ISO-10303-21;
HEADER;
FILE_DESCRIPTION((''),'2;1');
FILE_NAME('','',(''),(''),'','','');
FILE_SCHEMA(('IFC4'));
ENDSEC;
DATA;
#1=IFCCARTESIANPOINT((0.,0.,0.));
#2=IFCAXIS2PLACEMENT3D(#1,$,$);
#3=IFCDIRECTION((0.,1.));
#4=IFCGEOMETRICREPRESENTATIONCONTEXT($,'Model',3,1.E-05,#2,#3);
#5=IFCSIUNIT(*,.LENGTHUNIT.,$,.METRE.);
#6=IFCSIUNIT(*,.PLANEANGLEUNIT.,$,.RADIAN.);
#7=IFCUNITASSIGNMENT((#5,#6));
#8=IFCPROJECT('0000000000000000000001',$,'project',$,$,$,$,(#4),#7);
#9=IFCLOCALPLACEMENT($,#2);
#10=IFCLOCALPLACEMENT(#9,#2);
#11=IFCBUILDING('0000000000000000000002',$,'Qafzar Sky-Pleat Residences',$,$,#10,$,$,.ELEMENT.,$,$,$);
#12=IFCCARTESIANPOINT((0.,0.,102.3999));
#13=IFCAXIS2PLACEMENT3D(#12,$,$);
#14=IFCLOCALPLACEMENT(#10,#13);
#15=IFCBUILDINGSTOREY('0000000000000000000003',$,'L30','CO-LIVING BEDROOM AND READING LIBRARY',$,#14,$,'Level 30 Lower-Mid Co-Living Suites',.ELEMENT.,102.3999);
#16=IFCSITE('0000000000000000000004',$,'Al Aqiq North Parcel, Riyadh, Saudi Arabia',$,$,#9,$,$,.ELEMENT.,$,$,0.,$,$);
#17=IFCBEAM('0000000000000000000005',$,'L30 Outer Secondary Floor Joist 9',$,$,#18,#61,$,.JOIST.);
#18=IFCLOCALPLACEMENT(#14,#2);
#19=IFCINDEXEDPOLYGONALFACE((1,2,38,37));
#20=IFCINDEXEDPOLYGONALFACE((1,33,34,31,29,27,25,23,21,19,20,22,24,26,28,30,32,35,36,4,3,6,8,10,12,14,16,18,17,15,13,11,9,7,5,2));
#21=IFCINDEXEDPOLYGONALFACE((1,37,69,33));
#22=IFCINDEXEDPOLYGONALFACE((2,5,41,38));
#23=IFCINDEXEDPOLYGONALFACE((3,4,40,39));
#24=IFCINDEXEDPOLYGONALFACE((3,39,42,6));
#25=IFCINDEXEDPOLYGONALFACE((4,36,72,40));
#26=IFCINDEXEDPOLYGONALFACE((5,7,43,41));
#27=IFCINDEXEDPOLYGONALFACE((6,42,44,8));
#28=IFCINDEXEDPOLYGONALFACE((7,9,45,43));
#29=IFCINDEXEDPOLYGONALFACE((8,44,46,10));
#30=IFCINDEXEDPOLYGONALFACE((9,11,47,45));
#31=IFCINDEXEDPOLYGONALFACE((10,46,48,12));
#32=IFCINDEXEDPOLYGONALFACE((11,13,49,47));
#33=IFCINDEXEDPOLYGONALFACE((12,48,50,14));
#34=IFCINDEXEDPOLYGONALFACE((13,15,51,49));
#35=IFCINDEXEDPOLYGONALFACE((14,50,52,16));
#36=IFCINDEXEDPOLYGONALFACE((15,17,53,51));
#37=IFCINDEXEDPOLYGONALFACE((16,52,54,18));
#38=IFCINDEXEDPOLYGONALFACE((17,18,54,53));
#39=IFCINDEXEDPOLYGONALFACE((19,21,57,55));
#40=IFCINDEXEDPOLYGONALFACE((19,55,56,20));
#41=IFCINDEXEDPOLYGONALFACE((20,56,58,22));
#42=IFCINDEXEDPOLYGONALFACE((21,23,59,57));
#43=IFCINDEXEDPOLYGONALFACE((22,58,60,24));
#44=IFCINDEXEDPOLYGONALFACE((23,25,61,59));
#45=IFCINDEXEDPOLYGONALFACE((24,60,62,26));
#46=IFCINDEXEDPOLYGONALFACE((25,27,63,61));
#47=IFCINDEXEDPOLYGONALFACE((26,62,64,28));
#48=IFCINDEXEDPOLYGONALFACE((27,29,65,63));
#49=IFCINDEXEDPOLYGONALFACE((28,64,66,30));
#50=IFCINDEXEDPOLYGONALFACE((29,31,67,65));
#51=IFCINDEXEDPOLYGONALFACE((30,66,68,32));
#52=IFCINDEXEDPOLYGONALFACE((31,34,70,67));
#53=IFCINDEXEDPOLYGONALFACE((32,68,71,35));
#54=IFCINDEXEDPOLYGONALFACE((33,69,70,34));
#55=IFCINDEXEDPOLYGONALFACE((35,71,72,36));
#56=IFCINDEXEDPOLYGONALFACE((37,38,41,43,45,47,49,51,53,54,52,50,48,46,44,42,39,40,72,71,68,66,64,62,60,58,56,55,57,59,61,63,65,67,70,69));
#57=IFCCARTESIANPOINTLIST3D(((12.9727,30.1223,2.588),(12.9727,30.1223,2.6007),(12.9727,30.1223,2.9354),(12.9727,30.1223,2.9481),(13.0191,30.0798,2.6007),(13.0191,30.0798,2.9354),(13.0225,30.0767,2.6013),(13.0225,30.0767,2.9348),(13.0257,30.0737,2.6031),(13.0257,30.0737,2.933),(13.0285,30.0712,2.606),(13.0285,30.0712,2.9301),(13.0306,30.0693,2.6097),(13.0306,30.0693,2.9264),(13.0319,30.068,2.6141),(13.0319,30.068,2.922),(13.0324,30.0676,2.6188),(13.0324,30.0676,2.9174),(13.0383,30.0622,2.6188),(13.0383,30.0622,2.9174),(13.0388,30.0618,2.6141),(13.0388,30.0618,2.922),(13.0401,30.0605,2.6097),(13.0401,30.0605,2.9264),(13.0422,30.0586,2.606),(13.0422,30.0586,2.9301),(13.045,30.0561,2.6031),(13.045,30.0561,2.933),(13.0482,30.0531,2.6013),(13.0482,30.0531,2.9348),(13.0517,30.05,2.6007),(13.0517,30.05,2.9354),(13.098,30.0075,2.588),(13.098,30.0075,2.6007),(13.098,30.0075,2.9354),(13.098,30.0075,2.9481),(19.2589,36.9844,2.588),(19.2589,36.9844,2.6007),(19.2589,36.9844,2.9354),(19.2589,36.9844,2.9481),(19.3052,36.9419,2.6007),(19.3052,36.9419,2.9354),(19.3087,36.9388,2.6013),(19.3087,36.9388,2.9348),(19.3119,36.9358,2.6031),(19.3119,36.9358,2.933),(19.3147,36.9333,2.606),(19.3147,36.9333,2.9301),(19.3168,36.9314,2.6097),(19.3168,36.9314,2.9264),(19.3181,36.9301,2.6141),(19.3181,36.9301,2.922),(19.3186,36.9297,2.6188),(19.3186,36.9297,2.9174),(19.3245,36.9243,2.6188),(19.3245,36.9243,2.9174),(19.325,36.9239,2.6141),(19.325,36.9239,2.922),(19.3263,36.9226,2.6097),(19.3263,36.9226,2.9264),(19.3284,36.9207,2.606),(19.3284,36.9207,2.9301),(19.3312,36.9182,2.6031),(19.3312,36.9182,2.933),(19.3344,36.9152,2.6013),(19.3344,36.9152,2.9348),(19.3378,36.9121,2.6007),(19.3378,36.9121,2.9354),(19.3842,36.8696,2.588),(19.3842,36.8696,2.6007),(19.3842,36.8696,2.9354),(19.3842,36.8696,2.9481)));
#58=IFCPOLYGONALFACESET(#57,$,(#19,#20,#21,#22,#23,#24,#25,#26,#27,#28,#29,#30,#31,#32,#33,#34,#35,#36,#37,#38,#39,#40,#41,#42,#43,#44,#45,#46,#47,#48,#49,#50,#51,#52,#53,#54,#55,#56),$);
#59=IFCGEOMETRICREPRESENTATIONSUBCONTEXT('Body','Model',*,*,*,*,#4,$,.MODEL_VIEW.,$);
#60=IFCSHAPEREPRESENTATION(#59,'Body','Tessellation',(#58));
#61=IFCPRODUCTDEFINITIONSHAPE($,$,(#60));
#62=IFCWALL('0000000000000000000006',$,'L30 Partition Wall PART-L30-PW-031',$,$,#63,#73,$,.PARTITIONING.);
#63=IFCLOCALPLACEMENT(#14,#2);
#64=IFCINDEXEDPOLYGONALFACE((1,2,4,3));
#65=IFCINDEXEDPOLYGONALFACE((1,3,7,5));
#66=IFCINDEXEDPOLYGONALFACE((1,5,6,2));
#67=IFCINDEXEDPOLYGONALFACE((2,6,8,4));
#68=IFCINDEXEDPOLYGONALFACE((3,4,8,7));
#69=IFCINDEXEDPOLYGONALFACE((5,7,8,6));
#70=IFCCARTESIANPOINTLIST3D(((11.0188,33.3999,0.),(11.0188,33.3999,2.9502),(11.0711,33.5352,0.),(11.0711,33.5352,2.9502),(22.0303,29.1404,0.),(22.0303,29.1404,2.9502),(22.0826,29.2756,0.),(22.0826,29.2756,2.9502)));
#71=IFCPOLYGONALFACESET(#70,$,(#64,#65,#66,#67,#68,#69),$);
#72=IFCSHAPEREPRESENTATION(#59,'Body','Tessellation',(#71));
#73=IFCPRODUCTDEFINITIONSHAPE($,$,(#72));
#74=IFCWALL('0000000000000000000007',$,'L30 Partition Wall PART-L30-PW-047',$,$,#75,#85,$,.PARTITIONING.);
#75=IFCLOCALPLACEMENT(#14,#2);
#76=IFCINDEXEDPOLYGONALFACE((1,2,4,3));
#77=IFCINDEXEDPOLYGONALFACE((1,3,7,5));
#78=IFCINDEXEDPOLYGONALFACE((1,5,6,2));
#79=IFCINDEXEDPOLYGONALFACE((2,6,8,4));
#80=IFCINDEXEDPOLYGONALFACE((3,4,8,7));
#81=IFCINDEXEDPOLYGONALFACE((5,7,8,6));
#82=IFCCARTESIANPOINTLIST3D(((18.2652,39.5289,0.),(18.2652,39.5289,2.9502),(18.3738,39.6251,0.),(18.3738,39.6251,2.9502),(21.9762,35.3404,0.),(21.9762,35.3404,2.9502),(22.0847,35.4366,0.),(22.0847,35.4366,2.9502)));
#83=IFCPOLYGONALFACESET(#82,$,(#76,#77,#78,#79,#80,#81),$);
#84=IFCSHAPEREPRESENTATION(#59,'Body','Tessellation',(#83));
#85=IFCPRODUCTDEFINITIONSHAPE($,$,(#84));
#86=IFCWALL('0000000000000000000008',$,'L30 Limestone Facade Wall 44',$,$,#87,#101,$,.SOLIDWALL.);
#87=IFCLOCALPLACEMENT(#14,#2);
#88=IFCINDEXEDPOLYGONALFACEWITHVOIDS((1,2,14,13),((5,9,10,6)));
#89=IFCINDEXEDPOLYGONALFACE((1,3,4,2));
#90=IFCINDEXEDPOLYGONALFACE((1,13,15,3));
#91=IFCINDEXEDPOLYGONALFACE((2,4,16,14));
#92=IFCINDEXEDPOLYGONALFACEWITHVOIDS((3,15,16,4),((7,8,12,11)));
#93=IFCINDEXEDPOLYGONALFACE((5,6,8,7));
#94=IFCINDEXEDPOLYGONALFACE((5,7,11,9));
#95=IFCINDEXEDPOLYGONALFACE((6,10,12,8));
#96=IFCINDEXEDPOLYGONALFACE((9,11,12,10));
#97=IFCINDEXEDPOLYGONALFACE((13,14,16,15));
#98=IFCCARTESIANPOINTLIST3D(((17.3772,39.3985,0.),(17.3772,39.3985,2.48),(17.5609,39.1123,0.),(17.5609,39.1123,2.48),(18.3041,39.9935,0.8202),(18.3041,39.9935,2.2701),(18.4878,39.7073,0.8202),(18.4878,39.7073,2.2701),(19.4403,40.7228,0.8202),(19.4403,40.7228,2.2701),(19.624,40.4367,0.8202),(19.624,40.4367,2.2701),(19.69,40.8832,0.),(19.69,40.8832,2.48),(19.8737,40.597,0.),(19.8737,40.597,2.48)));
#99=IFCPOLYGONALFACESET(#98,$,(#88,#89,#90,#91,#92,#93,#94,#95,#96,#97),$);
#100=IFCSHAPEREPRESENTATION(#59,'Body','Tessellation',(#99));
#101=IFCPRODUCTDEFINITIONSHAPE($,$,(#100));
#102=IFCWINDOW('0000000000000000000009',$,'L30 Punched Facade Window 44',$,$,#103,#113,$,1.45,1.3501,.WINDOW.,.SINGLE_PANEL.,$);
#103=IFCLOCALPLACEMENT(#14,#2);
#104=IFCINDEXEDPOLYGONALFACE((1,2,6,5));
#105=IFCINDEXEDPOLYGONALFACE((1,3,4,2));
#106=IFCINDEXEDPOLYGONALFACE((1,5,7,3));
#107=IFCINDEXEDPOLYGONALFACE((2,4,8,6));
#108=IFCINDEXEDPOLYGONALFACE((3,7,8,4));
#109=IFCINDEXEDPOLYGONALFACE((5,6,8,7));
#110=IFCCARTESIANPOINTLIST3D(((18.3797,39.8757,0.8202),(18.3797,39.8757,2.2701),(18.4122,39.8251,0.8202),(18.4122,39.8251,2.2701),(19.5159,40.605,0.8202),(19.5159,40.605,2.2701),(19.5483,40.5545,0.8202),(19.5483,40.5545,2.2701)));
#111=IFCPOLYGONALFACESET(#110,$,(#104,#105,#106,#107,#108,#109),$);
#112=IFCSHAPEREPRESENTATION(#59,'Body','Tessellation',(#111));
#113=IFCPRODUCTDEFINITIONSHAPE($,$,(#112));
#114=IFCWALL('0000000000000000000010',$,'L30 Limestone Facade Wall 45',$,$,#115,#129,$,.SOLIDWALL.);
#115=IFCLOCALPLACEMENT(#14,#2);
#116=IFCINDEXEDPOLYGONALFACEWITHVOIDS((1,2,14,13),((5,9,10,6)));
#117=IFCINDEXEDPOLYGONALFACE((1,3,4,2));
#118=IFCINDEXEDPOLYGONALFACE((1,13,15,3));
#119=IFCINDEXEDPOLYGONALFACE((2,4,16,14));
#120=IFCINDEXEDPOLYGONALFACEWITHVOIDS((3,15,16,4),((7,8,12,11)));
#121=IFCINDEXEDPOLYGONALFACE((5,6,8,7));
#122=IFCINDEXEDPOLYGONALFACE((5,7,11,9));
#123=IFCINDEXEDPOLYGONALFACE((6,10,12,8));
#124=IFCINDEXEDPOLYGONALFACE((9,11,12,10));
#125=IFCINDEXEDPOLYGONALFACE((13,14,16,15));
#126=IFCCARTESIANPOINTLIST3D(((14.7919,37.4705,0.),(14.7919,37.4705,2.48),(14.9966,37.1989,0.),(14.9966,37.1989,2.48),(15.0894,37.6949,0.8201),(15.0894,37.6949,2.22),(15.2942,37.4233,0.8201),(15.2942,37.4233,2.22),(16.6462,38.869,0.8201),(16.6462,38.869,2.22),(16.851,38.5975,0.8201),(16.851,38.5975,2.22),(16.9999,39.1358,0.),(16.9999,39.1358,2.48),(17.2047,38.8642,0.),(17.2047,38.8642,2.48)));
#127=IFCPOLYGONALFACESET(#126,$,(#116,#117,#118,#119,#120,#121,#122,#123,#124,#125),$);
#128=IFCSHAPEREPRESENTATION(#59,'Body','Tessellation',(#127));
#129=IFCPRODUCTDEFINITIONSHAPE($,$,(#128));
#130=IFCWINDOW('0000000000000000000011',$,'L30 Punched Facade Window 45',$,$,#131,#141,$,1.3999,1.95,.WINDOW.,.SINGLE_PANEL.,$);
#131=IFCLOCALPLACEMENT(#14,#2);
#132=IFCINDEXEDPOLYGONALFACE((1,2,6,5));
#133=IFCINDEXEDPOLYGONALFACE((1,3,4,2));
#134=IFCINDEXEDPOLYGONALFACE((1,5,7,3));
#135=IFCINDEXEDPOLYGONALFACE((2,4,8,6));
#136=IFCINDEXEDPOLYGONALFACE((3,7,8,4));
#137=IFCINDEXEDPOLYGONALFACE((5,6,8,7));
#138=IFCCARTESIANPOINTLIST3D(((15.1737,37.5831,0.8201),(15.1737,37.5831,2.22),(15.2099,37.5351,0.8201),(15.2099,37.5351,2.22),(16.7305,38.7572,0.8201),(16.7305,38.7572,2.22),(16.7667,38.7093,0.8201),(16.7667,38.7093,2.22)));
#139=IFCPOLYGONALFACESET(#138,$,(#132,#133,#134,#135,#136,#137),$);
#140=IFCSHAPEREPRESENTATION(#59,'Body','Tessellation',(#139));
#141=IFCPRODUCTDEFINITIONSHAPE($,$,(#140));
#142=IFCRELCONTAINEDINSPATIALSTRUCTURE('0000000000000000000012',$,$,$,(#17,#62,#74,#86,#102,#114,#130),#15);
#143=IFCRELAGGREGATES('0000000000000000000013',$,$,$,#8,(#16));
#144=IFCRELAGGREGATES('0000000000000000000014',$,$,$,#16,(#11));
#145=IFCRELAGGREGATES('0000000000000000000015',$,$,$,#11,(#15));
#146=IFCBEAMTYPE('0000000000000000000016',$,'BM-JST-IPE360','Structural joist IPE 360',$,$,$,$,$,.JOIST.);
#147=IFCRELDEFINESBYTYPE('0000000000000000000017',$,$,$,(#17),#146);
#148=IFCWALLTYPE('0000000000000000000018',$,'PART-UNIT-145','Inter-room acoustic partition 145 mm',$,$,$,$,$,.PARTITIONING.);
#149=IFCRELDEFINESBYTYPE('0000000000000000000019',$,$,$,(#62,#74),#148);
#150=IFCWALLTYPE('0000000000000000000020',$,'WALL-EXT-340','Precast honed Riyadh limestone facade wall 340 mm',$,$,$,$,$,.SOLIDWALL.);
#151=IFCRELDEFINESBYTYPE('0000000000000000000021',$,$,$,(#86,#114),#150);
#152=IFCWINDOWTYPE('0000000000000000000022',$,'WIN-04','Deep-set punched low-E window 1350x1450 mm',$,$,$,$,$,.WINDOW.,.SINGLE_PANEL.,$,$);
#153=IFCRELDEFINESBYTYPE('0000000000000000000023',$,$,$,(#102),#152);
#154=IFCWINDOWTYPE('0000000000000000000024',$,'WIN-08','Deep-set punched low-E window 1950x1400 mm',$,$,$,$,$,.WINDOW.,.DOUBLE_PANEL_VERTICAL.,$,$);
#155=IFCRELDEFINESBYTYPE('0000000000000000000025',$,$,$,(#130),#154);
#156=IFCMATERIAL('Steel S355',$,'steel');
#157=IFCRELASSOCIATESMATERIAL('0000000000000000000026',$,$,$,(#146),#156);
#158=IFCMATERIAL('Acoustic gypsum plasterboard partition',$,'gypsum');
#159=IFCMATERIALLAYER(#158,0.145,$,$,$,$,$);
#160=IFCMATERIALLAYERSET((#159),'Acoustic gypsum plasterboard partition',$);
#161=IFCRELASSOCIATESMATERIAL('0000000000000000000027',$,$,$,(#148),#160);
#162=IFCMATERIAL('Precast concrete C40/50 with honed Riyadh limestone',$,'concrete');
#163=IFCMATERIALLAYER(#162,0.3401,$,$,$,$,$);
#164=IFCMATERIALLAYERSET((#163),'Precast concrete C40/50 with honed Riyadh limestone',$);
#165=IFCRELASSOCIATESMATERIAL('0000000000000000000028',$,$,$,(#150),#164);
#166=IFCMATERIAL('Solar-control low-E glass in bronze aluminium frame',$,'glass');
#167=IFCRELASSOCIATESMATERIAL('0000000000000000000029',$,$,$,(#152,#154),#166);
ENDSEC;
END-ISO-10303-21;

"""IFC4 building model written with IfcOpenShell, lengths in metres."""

from ifc_helpers import new_model, si_unit, direction, frame, frame_2d, origin, origin_2d, place, context, subcontext, project, spatial, rectangle, i_section, extrude, source, transform, mapped, material, layer, layer_set, material_profile, profile_set, type_object, element, fill, save


model = new_model("IFC4")

# Units and contexts
model_context = context("Model", 3, precision=1e-05, world=origin(), true_north=direction((0.0, 1.0)))
body_context = subcontext(model_context, "Body", "Model", "MODEL_VIEW")
ifc_project = project(units=[si_unit("LENGTHUNIT", "METRE"), si_unit("PLANEANGLEUNIT", "RADIAN")], contexts=[model_context])

# Site, building, storey
site_placement = place(None, origin())
site = spatial("IfcSite", under=ifc_project, at=site_placement, Name="Al Aqiq North Parcel, Riyadh, Saudi Arabia", CompositionType="ELEMENT", RefElevation=0.0)
building_placement = place(site_placement, origin())
building = spatial("IfcBuilding", under=site, at=building_placement, Name="Qafzar Sky-Pleat Residences", CompositionType="ELEMENT")
storey_placement = place(building_placement, frame((0.0, 0.0, 102.3999)))
storey = spatial("IfcBuildingStorey", under=building, at=storey_placement, Name="L30", Description="CO-LIVING BEDROOM AND READING LIBRARY", LongName="Level 30 Lower-Mid Co-Living Suites", CompositionType="ELEMENT", Elevation=102.3999)

# Beam
ifc_material_1 = material(Name="Steel S355", Category="steel")
ifc_material_profile_1 = material_profile(ifc_material_1, i_section(OverallWidth=0.1699, OverallDepth=0.3601, WebThickness=0.0081, FlangeThickness=0.0127, FilletRadius=0.0181, at=origin_2d()), Name="IPE 360")
ifc_profile_set_1 = profile_set([ifc_material_profile_1], Name="Steel S355")
beam_type_1 = type_object("IfcBeamType", Name="BM-JST-IPE360", Description="Structural joist IPE 360", PredefinedType="JOIST", material=ifc_profile_set_1)
shared_shape_1 = source(origin(), body_context, "Body", "SweptSolid", [
    extrude(i_section(OverallWidth=0.1699, OverallDepth=0.3601, WebThickness=0.0081, FlangeThickness=0.0127, FilletRadius=0.0181, at=origin_2d()), origin(), (0.0, 0.0, 1.0), 9.3062),
])
beam_1_placement = place(storey_placement, frame((19.3215, 36.927, 2.7681), z_axis=(-0.675486, -0.737373, 0.0), x_axis=(0.737373, -0.675486, 0.0)))
element("IfcBeam", 1, at=beam_1_placement, inside=storey, type_object=beam_type_1, Name="L30 Outer Secondary Floor Joist 9", PredefinedType="JOIST", context=body_context, shape_type="MappedRepresentation", body=[
    mapped(shared_shape_1, transform((0.0, 0.0, 0.0), x_axis=(1.0, 0.0, 0.0), y_axis=(0.0, 1.0, 0.0), z_axis=(0.0, 0.0, 1.0), scale=1.0)),
])

# Walls
ifc_material_2 = material(Name="Acoustic gypsum plasterboard partition", Category="gypsum")
ifc_layer_1 = layer(ifc_material_2, 0.145)
ifc_layer_set_1 = layer_set([ifc_layer_1], Name="Acoustic gypsum plasterboard partition")
wall_type_1 = type_object("IfcWallType", Name="PART-UNIT-145", Description="Inter-room acoustic partition 145 mm", PredefinedType="PARTITIONING", material=ifc_layer_set_1)
wall_1_placement = place(storey_placement, frame((11.0449, 33.4675, 0.0), z_axis=(0.0, 0.0, 1.0), x_axis=(0.932653, -0.360774, 0.0)))
element("IfcWall", 2, at=wall_1_placement, inside=storey, type_object=wall_type_1, Name="L30 Partition Wall PART-L30-PW-031", PredefinedType="PARTITIONING", context=body_context, shape_type="SweptSolid", body=[
    extrude(rectangle(XDim=11.8066, YDim=0.145, at=frame_2d((5.9033, 0.0))), origin(), (0.0, 0.0, 1.0), 2.9502),
])
wall_2_placement = place(storey_placement, frame((18.3196, 39.5769, 0.0), z_axis=(0.0, 0.0, 1.0), x_axis=(0.66315, -0.748487, 0.0)))
element("IfcWall", 3, at=wall_2_placement, inside=storey, type_object=wall_type_1, Name="L30 Partition Wall PART-L30-PW-047", PredefinedType="PARTITIONING", context=body_context, shape_type="SweptSolid", body=[
    extrude(rectangle(XDim=5.5959, YDim=0.145, at=frame_2d((2.7979, 0.0))), origin(), (0.0, 0.0, 1.0), 2.9502),
])

# Walls, openings, windows
ifc_material_3 = material(Name="Precast concrete C40/50 with honed Riyadh limestone", Category="concrete")
ifc_layer_2 = layer(ifc_material_3, 0.3401)
ifc_layer_set_2 = layer_set([ifc_layer_2], Name="Precast concrete C40/50 with honed Riyadh limestone")
wall_type_2 = type_object("IfcWallType", Name="WALL-EXT-340", Description="Precast honed Riyadh limestone facade wall 340 mm", PredefinedType="SOLIDWALL", material=ifc_layer_set_2)
wall_3_placement = place(storey_placement, frame((19.7817, 40.74, 0.0), z_axis=(0.0, 0.0, 1.0), x_axis=(-0.841533, -0.540205, 0.0)))
wall_3 = element("IfcWall", 4, at=wall_3_placement, inside=storey, type_object=wall_type_2, Name="L30 Limestone Facade Wall 44", PredefinedType="SOLIDWALL", context=body_context, shape_type="SweptSolid", body=[
    extrude(rectangle(XDim=2.7483, YDim=0.3401, at=frame_2d((1.374, 0.0))), origin(), (0.0, 0.0, 1.0), 2.48),
])
opening_1_placement = place(wall_3_placement, frame((0.2966, 0.0, 0.8201)))
opening_1 = element("IfcOpeningElement", 5, at=opening_1_placement, cuts=wall_3, PredefinedType="OPENING", context=body_context, shape_type="SweptSolid", body=[
    extrude(rectangle(XDim=1.3501, YDim=1.45, at=frame_2d((0.675, 0.7251))), frame((0.0, 0.1802, 0.0), z_axis=(0.0, -1.0, 0.0), x_axis=(1.0, 0.0, 0.0)), (0.0, 0.0, 1.0), 0.3601),
])
ifc_material_4 = material(Name="Solar-control low-E glass in bronze aluminium frame", Category="glass")
window_type_1 = type_object("IfcWindowType", Name="WIN-04", Description="Deep-set punched low-E window 1350x1450 mm", PartitioningType="SINGLE_PANEL", PredefinedType="WINDOW", material=ifc_material_4)
shared_shape_2 = source(origin(), body_context, "Body", "SweptSolid", [
    extrude(rectangle(XDim=1.3501, YDim=1.45, at=frame_2d((0.675, 0.7251))), frame((0.0, 0.03, 0.0), z_axis=(0.0, -1.0, 0.0), x_axis=(1.0, 0.0, 0.0)), (0.0, 0.0, 1.0), 0.0601),
])
window_1_placement = place(opening_1_placement, origin())
window_1 = element("IfcWindow", 6, at=window_1_placement, inside=storey, type_object=window_type_1, Name="L30 Punched Facade Window 44", OverallHeight=1.45, OverallWidth=1.3501, PartitioningType="SINGLE_PANEL", PredefinedType="WINDOW", context=body_context, shape_type="MappedRepresentation", body=[
    mapped(shared_shape_2, transform((0.0, 0.0, 0.0), x_axis=(1.0, 0.0, 0.0), y_axis=(0.0, 1.0, 0.0), z_axis=(0.0, 0.0, 1.0), scale=1.0)),
])
fill(opening_1, window_1)
wall_4_placement = place(storey_placement, frame((17.1023, 39.0, 0.0), z_axis=(0.0, 0.0, 1.0), x_axis=(-0.798387, -0.602145, 0.0)))
wall_4 = element("IfcWall", 7, at=wall_4_placement, inside=storey, type_object=wall_type_2, Name="L30 Limestone Facade Wall 45", PredefinedType="SOLIDWALL", context=body_context, shape_type="SweptSolid", body=[
    extrude(rectangle(XDim=2.7656, YDim=0.3401, at=frame_2d((1.3828, 0.0))), origin(), (0.0, 0.0, 1.0), 2.48),
])
opening_2_placement = place(wall_4_placement, frame((0.4429, 0.0, 0.8201)))
opening_2 = element("IfcOpeningElement", 8, at=opening_2_placement, cuts=wall_4, PredefinedType="OPENING", context=body_context, shape_type="SweptSolid", body=[
    extrude(rectangle(XDim=1.95, YDim=1.3999, at=frame_2d((0.9751, 0.7))), frame((0.0, 0.1802, 0.0), z_axis=(0.0, -1.0, 0.0), x_axis=(1.0, 0.0, 0.0)), (0.0, 0.0, 1.0), 0.3601),
])
window_type_2 = type_object("IfcWindowType", Name="WIN-08", Description="Deep-set punched low-E window 1950x1400 mm", PartitioningType="DOUBLE_PANEL_VERTICAL", PredefinedType="WINDOW", material=ifc_material_4)
shared_shape_3 = source(origin(), body_context, "Body", "SweptSolid", [
    extrude(rectangle(XDim=1.95, YDim=1.3999, at=frame_2d((0.9751, 0.7))), frame((0.0, 0.03, 0.0), z_axis=(0.0, -1.0, 0.0), x_axis=(1.0, 0.0, 0.0)), (0.0, 0.0, 1.0), 0.0601),
])
window_2_placement = place(opening_2_placement, origin())
window_2 = element("IfcWindow", 9, at=window_2_placement, inside=storey, type_object=window_type_2, Name="L30 Punched Facade Window 45", OverallHeight=1.3999, OverallWidth=1.95, PartitioningType="SINGLE_PANEL", PredefinedType="WINDOW", context=body_context, shape_type="MappedRepresentation", body=[
    mapped(shared_shape_3, transform((0.0, 0.0, 0.0), x_axis=(1.0, 0.0, 0.0), y_axis=(0.0, 1.0, 0.0), z_axis=(0.0, 0.0, 1.0), scale=1.0)),
])
fill(opening_2, window_2)

save(model, "model.ifc")
